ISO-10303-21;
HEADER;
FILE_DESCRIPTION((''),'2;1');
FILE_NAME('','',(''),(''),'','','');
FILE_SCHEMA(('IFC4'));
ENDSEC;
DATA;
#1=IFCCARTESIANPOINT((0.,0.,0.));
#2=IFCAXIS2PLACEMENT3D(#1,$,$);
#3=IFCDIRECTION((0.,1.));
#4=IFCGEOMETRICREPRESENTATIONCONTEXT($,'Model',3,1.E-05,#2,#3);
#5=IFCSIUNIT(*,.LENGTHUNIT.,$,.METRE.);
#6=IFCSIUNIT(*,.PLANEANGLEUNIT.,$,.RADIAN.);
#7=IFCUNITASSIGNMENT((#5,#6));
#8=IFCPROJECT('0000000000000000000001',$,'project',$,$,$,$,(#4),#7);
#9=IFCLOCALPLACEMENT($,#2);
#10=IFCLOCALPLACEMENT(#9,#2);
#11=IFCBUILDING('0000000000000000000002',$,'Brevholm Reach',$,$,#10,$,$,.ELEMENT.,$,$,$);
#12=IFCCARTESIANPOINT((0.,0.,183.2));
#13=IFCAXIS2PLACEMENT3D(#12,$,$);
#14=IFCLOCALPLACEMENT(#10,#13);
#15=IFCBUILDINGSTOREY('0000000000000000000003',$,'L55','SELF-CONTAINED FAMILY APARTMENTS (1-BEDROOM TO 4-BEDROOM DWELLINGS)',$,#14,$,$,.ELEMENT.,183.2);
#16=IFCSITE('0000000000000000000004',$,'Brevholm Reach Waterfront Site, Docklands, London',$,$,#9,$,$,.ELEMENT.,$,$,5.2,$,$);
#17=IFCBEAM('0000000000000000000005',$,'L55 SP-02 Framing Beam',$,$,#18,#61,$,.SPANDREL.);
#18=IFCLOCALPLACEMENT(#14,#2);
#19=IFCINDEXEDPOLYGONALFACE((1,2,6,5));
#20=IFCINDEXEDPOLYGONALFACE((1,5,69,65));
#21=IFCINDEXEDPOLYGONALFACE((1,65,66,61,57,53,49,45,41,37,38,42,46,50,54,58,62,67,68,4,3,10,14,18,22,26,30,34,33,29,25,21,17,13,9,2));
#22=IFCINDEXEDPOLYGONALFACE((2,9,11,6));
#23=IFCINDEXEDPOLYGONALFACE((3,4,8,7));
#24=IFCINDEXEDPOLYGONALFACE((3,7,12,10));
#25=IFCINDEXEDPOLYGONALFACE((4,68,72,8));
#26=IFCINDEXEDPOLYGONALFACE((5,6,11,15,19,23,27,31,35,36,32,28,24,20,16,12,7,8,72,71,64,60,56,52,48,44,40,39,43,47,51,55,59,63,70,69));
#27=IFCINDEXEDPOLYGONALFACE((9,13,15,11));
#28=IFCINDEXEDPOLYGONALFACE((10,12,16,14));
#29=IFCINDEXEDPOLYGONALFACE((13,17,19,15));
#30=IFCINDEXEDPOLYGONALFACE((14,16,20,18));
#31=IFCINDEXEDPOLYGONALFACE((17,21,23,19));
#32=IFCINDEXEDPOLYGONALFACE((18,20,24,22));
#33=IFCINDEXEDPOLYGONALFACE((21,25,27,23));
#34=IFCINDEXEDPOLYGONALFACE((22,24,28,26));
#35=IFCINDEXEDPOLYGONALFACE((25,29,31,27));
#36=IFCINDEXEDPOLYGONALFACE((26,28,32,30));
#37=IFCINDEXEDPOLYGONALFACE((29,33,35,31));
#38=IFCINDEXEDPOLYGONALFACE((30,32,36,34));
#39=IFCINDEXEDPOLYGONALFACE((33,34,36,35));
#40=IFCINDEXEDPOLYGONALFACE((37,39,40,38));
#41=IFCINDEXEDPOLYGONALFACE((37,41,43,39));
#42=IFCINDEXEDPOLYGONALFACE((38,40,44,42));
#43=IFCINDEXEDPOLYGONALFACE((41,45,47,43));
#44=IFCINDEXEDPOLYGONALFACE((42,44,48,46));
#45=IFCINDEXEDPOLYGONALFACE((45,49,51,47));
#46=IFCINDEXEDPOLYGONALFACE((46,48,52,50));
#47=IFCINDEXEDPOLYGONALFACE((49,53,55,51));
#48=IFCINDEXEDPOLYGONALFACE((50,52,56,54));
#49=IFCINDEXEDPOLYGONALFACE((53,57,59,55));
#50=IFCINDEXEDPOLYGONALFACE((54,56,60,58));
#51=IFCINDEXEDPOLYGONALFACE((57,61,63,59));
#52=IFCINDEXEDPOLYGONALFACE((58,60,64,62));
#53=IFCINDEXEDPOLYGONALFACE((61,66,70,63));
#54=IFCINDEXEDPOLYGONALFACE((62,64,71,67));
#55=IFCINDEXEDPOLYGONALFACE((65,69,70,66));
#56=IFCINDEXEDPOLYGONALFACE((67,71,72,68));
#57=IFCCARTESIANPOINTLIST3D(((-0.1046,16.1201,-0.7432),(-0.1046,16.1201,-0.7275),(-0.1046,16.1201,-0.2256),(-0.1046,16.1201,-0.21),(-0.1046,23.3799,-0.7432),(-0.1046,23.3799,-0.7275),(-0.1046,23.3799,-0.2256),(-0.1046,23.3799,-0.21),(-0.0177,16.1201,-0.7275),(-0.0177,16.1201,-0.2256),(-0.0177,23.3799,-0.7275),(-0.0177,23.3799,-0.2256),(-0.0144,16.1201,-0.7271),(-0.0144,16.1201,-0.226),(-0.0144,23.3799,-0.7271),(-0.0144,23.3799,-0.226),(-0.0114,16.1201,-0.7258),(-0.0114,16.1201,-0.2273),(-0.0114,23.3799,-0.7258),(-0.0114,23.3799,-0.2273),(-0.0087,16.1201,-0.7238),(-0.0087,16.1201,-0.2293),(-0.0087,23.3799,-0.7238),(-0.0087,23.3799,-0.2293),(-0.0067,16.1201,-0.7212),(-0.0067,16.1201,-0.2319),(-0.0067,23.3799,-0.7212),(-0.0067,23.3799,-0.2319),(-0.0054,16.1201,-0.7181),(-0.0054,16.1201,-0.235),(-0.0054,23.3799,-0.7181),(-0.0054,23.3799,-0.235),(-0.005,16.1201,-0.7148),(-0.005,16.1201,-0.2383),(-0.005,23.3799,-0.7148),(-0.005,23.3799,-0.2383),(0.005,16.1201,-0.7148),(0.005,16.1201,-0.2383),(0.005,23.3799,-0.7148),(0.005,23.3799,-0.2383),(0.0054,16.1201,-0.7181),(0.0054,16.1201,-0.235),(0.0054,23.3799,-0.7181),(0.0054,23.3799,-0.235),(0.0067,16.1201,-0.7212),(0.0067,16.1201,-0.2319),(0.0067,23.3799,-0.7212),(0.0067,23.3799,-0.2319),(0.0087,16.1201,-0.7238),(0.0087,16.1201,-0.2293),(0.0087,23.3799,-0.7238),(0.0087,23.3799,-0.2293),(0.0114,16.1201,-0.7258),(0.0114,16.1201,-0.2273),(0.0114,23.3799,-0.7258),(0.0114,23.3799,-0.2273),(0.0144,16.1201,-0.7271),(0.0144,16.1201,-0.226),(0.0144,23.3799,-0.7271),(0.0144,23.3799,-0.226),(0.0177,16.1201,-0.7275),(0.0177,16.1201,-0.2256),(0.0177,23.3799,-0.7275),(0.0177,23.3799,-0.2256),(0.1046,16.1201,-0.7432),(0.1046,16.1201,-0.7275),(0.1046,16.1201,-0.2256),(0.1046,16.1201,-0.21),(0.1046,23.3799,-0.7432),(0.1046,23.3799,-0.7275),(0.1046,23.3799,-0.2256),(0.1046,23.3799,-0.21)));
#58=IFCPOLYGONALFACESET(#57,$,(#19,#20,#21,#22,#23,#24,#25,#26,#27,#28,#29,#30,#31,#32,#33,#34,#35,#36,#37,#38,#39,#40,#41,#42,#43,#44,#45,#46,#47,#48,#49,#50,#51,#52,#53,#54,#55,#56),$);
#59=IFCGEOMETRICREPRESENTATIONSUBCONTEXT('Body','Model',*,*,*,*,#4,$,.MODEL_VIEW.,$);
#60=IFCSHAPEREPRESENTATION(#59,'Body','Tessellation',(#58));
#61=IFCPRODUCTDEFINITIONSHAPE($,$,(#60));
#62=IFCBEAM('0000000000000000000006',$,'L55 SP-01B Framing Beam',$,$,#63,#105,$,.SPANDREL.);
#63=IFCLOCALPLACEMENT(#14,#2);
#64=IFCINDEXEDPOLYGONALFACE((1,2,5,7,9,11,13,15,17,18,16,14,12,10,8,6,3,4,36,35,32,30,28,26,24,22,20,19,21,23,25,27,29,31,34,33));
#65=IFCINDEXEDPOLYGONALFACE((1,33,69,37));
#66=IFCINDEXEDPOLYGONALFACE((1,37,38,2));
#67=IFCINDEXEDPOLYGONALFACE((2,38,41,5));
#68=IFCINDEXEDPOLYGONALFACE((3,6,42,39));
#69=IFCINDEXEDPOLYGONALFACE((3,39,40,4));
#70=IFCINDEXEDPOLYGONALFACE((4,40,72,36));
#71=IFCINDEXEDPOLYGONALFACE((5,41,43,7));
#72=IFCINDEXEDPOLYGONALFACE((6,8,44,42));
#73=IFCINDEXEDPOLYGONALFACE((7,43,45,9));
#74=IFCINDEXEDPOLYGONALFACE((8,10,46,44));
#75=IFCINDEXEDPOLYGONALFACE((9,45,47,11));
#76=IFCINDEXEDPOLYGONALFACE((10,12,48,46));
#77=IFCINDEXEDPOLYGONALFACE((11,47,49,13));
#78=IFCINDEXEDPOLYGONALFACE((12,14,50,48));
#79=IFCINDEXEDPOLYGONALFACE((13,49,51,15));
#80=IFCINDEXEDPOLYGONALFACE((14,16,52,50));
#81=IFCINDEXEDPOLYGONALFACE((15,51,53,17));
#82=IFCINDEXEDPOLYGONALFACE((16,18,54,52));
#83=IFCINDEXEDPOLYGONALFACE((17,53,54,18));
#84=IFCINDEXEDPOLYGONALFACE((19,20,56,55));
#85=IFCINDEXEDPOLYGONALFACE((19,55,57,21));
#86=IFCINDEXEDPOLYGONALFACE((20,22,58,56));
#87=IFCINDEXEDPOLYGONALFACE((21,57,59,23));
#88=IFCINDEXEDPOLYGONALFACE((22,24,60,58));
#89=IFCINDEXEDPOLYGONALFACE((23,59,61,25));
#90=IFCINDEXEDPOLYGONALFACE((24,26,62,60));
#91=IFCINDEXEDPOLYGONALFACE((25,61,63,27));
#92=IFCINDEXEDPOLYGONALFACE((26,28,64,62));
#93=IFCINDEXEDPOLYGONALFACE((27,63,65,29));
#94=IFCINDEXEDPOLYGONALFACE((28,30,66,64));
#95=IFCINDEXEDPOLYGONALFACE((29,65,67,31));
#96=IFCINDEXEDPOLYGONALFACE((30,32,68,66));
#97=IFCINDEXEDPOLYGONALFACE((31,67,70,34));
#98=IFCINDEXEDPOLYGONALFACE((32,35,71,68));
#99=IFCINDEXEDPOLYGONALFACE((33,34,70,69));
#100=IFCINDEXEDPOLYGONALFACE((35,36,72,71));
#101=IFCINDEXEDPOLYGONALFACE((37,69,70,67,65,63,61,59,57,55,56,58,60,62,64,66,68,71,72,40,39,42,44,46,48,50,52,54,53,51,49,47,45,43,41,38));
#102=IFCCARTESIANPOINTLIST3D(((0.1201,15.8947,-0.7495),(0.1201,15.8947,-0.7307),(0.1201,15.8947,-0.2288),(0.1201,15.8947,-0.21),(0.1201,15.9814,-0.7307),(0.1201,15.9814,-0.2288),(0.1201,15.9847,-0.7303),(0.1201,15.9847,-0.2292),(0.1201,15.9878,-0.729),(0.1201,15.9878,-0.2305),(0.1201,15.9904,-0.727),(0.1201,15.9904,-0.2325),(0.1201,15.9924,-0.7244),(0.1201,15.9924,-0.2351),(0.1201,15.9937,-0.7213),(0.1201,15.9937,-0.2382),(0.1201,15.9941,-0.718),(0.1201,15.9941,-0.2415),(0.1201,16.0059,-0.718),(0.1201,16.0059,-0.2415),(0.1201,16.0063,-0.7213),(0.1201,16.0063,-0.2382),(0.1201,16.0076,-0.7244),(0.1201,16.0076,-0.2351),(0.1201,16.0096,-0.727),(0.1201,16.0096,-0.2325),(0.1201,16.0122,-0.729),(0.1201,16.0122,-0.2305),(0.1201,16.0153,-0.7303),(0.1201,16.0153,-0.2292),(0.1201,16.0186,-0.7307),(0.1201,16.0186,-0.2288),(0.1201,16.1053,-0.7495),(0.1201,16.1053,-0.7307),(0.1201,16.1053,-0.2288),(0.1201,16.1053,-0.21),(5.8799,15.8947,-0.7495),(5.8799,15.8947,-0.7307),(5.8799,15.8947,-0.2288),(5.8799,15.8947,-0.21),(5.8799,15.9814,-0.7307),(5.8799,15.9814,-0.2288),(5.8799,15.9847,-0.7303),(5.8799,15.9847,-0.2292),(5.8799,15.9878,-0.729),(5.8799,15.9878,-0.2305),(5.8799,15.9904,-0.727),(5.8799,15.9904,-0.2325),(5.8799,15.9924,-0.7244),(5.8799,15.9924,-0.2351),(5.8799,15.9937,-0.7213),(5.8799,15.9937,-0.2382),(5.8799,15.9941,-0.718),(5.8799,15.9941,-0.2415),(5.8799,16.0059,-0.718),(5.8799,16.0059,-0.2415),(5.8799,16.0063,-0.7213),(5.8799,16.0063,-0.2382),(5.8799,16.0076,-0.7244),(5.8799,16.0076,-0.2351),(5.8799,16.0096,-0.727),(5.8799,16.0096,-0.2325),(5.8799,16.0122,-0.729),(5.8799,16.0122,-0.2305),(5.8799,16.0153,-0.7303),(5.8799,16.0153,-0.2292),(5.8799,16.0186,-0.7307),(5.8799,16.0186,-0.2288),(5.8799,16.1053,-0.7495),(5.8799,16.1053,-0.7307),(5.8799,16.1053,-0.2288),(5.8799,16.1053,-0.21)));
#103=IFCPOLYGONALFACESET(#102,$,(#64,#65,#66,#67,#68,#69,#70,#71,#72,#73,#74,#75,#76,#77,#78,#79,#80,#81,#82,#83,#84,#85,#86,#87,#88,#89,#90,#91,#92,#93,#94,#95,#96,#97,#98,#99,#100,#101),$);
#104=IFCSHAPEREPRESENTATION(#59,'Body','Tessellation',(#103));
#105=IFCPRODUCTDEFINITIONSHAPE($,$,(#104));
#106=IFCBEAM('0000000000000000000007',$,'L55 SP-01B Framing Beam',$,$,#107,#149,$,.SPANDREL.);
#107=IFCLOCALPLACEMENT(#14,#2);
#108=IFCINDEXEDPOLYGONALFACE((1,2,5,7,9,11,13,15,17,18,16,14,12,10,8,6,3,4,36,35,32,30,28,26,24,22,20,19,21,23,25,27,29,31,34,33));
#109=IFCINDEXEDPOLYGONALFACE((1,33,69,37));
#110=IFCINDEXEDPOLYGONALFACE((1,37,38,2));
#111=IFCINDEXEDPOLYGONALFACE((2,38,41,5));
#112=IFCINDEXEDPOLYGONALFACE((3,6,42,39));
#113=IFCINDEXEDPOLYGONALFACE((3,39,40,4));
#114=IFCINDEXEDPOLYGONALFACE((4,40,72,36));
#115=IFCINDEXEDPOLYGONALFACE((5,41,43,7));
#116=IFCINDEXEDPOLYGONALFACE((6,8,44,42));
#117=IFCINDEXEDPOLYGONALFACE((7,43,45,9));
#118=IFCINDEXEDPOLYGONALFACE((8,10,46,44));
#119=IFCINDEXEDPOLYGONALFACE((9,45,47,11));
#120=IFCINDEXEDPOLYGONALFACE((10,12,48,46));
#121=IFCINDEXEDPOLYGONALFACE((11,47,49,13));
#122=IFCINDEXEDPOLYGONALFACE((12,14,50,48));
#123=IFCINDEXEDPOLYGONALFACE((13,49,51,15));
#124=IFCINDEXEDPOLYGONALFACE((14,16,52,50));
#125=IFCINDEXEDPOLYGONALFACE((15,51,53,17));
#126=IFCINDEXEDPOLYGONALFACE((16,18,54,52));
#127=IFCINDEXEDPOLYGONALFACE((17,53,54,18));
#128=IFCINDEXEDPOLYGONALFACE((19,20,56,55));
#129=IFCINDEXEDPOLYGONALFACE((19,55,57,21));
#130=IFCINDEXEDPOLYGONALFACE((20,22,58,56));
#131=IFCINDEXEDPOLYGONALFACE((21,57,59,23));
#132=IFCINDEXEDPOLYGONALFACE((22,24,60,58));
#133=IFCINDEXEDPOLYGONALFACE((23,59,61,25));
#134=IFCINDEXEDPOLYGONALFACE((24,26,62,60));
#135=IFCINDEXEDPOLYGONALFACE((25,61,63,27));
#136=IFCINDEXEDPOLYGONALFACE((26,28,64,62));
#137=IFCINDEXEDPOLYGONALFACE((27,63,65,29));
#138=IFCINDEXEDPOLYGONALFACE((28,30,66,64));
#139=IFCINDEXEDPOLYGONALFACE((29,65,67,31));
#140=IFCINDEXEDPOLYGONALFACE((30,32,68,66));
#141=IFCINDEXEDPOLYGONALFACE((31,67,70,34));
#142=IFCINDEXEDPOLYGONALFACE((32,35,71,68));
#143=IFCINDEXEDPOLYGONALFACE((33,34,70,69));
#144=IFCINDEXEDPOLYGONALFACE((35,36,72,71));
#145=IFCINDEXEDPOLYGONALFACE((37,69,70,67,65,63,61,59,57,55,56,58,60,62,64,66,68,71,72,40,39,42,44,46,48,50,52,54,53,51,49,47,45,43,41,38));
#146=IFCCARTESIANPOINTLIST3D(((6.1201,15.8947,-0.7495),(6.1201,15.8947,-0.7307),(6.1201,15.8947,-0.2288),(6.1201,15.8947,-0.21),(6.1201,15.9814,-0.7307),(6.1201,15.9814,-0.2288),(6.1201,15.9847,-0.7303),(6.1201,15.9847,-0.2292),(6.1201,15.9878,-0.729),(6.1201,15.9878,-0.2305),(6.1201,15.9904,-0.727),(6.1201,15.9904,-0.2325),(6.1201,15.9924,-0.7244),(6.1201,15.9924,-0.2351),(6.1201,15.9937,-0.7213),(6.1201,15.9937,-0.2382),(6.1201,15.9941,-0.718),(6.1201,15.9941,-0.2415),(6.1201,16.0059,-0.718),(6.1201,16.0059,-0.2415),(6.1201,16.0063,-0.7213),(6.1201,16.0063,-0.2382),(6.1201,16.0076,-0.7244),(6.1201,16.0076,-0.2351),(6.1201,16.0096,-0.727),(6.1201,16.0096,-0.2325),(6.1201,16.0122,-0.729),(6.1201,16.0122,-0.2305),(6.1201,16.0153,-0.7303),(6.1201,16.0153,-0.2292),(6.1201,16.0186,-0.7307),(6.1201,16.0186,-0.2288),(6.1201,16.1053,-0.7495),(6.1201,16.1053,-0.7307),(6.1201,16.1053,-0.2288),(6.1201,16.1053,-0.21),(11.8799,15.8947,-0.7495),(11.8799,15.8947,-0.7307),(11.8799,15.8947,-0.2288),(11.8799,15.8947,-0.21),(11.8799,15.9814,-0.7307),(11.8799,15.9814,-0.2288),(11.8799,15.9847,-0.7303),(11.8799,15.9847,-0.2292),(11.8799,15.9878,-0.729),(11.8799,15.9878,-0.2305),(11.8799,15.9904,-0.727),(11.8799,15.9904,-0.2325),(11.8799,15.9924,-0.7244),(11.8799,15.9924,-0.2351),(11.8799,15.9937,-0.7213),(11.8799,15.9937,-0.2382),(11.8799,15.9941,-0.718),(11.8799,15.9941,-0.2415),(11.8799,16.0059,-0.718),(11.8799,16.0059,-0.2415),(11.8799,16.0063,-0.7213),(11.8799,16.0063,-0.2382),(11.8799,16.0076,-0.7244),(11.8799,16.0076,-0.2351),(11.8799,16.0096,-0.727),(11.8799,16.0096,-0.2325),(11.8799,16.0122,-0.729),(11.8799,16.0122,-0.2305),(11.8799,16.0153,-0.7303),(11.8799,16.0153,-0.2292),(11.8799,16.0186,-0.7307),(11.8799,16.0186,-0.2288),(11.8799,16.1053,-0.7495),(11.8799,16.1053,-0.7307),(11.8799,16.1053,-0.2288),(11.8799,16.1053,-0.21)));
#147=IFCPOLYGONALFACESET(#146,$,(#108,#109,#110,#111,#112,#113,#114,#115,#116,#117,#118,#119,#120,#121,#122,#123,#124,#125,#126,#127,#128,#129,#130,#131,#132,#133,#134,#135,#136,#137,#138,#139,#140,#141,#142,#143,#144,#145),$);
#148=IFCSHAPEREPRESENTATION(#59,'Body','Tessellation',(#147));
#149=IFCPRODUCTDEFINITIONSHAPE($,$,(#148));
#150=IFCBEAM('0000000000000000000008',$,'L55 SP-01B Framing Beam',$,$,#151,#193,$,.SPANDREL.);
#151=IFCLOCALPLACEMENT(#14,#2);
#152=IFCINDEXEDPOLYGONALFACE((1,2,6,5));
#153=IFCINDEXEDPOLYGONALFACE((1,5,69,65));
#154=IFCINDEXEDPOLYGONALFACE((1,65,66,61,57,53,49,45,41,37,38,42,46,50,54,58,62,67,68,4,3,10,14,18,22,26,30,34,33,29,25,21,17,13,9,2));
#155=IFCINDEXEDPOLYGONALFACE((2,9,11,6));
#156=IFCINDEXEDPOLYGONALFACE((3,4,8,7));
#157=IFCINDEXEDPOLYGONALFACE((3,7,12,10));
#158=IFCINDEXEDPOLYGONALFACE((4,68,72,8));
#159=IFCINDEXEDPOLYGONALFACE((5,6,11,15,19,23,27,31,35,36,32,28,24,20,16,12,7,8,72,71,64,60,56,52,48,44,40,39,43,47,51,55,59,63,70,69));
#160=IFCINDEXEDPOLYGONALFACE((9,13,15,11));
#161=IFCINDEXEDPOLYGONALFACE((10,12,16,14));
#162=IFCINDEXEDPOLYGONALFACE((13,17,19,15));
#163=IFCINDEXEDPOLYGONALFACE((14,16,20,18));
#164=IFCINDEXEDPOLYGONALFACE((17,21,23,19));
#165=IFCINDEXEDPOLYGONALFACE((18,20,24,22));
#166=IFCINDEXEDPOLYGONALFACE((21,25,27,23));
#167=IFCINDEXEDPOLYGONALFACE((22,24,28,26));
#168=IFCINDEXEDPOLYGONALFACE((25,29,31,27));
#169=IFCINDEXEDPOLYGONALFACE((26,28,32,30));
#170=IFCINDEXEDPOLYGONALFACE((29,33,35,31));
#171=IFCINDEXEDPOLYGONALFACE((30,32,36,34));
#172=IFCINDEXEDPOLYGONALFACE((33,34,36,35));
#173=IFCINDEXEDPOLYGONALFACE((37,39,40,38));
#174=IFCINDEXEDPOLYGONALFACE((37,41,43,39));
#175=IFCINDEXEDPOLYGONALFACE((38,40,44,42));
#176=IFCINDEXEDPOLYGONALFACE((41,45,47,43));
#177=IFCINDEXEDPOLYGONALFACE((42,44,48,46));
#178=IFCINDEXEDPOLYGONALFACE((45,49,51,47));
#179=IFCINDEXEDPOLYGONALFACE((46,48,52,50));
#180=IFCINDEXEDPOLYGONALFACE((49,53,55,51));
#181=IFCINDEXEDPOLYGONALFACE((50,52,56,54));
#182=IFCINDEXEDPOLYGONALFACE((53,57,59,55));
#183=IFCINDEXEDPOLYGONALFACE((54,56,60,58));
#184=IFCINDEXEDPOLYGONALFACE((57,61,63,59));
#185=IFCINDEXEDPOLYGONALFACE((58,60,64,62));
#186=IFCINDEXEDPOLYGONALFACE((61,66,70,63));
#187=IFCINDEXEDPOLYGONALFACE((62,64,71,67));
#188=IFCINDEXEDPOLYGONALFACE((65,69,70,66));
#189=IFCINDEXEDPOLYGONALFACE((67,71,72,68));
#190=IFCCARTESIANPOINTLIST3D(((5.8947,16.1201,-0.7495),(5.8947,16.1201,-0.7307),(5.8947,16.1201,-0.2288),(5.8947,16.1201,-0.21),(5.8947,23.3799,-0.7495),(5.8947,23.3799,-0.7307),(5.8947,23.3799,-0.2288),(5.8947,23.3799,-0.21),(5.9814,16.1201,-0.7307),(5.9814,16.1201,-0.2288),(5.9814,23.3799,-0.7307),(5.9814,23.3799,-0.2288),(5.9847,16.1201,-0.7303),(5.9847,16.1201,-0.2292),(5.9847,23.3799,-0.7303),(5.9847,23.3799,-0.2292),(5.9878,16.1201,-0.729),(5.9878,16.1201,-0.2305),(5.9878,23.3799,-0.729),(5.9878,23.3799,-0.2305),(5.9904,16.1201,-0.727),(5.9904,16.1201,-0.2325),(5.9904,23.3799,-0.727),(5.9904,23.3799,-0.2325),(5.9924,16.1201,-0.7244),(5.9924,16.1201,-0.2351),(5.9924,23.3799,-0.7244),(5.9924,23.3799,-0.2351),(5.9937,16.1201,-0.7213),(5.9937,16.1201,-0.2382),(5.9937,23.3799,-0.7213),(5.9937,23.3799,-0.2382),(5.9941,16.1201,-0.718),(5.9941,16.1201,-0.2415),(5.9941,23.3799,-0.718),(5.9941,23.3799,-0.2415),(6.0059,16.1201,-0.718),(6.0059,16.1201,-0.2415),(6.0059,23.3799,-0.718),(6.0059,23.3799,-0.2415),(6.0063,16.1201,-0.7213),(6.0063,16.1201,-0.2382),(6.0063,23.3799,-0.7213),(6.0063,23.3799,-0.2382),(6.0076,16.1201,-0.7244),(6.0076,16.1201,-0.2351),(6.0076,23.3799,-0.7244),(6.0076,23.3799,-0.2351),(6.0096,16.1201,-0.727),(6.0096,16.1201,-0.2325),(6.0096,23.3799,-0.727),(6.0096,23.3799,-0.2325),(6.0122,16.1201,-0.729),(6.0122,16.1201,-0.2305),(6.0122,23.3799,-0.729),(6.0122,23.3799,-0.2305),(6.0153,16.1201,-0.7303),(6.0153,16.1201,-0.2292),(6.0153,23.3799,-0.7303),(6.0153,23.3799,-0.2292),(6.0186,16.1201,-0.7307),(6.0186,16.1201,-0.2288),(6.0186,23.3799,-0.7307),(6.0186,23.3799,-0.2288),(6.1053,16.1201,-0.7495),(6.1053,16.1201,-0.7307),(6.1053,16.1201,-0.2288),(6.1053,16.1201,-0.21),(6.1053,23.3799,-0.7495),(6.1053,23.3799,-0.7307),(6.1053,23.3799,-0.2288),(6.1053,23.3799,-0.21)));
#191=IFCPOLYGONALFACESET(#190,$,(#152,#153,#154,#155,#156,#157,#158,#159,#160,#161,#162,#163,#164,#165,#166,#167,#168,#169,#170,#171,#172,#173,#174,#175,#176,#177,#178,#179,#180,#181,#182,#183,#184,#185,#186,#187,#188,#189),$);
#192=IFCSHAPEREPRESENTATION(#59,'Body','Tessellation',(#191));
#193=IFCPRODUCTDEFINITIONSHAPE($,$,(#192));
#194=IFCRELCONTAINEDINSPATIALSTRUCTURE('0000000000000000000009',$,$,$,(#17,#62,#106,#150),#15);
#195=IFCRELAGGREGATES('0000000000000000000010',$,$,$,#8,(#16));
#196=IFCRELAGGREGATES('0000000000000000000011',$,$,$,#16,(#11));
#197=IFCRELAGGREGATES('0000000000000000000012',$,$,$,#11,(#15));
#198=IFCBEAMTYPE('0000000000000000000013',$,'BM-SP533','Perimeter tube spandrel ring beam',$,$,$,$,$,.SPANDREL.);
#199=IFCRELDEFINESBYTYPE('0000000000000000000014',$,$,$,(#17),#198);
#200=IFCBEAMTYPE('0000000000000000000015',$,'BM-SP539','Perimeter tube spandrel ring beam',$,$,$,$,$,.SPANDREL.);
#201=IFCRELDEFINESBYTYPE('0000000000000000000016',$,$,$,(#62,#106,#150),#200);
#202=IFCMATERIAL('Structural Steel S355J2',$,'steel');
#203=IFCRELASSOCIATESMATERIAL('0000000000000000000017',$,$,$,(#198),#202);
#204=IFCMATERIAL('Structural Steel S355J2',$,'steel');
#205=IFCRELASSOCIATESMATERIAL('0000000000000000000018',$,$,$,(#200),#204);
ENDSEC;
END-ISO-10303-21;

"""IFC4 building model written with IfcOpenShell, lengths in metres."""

from ifc_helpers import new_model, si_unit, direction, frame, origin, origin_2d, place, context, subcontext, project, spatial, i_section, extrude, material, material_profile, profile_set, type_object, element, save


model = new_model("IFC4")

# Units and contexts
model_context = context("Model", 3, precision=1e-05, world=origin(), true_north=direction((0.0, 1.0)))
body_context = subcontext(model_context, "Body", "Model", "MODEL_VIEW")
ifc_project = project(units=[si_unit("LENGTHUNIT", "METRE"), si_unit("PLANEANGLEUNIT", "RADIAN")], contexts=[model_context])

# Site, building, storey
site_placement = place(None, origin())
site = spatial("IfcSite", under=ifc_project, at=site_placement, Name="Brevholm Reach Waterfront Site, Docklands, London", CompositionType="ELEMENT", RefElevation=5.2)
building_placement = place(site_placement, origin())
building = spatial("IfcBuilding", under=site, at=building_placement, Name="Brevholm Reach", CompositionType="ELEMENT")
storey_placement = place(building_placement, frame((0.0, 0.0, 183.2)))
storey = spatial("IfcBuildingStorey", under=building, at=storey_placement, Name="L55", Description="SELF-CONTAINED FAMILY APARTMENTS (1-BEDROOM TO 4-BEDROOM DWELLINGS)", CompositionType="ELEMENT", Elevation=183.2)

# Beams
ifc_material_1 = material(Name="Structural Steel S355J2", Category="steel")
ifc_material_profile_1 = material_profile(ifc_material_1, i_section(OverallWidth=0.2092, OverallDepth=0.5332, WebThickness=0.01, FlangeThickness=0.0156, FilletRadius=0.0127, at=origin_2d()), Name="UKB 533x210x92")
ifc_profile_set_1 = profile_set([ifc_material_profile_1], Name="Structural Steel S355J2")
beam_type_1 = type_object("IfcBeamType", Name="BM-SP533", Description="Perimeter tube spandrel ring beam", PredefinedType="SPANDREL", material=ifc_profile_set_1)
beam_1_placement = place(storey_placement, frame((0.0, 16.1201, -0.4766), z_axis=(0.0, 1.0, 0.0), x_axis=(-1.0, 0.0, 0.0)))
element("IfcBeam", 1, at=beam_1_placement, inside=storey, type_object=beam_type_1, Name="L55 SP-02 Framing Beam", PredefinedType="SPANDREL", context=body_context, shape_type="SweptSolid", body=[
    extrude(i_section(OverallWidth=0.2092, OverallDepth=0.5332, WebThickness=0.01, FlangeThickness=0.0156, FilletRadius=0.0127, at=origin_2d()), origin(), (0.0, 0.0, 1.0), 7.2598),
])
ifc_material_2 = material(Name="Structural Steel S355J2", Category="steel")
ifc_material_profile_2 = material_profile(ifc_material_2, i_section(OverallWidth=0.2107, OverallDepth=0.5396, WebThickness=0.0117, FlangeThickness=0.0188, FilletRadius=0.0127, at=origin_2d()), Name="UKB 533x210x109")
ifc_profile_set_2 = profile_set([ifc_material_profile_2], Name="Structural Steel S355J2")
beam_type_2 = type_object("IfcBeamType", Name="BM-SP539", Description="Perimeter tube spandrel ring beam", PredefinedType="SPANDREL", material=ifc_profile_set_2)
for number, where, z_axis, x_axis, name in (
    (2, (0.1201, 16.0, -0.4797), (1.0, 0.0, 0.0), (0.0, 1.0, 0.0), "L55 SP-01B Framing Beam"),
    (3, (6.1201, 16.0, -0.4797), (1.0, 0.0, 0.0), (0.0, 1.0, 0.0), "L55 SP-01B Framing Beam"),
):
    element("IfcBeam", number, at=place(storey_placement, frame(where, z_axis=z_axis, x_axis=x_axis)), inside=storey, type_object=beam_type_2, Name=name, PredefinedType="SPANDREL", context=body_context, shape_type="SweptSolid", body=[
        extrude(i_section(OverallWidth=0.2107, OverallDepth=0.5396, WebThickness=0.0117, FlangeThickness=0.0188, FilletRadius=0.0127, at=origin_2d()), origin(), (0.0, 0.0, 1.0), 5.7598),
    ])
beam_2_placement = place(storey_placement, frame((6.0, 16.1201, -0.4797), z_axis=(0.0, 1.0, 0.0), x_axis=(-1.0, 0.0, 0.0)))
element("IfcBeam", 4, at=beam_2_placement, inside=storey, type_object=beam_type_2, Name="L55 SP-01B Framing Beam", PredefinedType="SPANDREL", context=body_context, shape_type="SweptSolid", body=[
    extrude(i_section(OverallWidth=0.2107, OverallDepth=0.5396, WebThickness=0.0117, FlangeThickness=0.0188, FilletRadius=0.0127, at=origin_2d()), origin(), (0.0, 0.0, 1.0), 7.2598),
])

save(model, "model.ifc")
